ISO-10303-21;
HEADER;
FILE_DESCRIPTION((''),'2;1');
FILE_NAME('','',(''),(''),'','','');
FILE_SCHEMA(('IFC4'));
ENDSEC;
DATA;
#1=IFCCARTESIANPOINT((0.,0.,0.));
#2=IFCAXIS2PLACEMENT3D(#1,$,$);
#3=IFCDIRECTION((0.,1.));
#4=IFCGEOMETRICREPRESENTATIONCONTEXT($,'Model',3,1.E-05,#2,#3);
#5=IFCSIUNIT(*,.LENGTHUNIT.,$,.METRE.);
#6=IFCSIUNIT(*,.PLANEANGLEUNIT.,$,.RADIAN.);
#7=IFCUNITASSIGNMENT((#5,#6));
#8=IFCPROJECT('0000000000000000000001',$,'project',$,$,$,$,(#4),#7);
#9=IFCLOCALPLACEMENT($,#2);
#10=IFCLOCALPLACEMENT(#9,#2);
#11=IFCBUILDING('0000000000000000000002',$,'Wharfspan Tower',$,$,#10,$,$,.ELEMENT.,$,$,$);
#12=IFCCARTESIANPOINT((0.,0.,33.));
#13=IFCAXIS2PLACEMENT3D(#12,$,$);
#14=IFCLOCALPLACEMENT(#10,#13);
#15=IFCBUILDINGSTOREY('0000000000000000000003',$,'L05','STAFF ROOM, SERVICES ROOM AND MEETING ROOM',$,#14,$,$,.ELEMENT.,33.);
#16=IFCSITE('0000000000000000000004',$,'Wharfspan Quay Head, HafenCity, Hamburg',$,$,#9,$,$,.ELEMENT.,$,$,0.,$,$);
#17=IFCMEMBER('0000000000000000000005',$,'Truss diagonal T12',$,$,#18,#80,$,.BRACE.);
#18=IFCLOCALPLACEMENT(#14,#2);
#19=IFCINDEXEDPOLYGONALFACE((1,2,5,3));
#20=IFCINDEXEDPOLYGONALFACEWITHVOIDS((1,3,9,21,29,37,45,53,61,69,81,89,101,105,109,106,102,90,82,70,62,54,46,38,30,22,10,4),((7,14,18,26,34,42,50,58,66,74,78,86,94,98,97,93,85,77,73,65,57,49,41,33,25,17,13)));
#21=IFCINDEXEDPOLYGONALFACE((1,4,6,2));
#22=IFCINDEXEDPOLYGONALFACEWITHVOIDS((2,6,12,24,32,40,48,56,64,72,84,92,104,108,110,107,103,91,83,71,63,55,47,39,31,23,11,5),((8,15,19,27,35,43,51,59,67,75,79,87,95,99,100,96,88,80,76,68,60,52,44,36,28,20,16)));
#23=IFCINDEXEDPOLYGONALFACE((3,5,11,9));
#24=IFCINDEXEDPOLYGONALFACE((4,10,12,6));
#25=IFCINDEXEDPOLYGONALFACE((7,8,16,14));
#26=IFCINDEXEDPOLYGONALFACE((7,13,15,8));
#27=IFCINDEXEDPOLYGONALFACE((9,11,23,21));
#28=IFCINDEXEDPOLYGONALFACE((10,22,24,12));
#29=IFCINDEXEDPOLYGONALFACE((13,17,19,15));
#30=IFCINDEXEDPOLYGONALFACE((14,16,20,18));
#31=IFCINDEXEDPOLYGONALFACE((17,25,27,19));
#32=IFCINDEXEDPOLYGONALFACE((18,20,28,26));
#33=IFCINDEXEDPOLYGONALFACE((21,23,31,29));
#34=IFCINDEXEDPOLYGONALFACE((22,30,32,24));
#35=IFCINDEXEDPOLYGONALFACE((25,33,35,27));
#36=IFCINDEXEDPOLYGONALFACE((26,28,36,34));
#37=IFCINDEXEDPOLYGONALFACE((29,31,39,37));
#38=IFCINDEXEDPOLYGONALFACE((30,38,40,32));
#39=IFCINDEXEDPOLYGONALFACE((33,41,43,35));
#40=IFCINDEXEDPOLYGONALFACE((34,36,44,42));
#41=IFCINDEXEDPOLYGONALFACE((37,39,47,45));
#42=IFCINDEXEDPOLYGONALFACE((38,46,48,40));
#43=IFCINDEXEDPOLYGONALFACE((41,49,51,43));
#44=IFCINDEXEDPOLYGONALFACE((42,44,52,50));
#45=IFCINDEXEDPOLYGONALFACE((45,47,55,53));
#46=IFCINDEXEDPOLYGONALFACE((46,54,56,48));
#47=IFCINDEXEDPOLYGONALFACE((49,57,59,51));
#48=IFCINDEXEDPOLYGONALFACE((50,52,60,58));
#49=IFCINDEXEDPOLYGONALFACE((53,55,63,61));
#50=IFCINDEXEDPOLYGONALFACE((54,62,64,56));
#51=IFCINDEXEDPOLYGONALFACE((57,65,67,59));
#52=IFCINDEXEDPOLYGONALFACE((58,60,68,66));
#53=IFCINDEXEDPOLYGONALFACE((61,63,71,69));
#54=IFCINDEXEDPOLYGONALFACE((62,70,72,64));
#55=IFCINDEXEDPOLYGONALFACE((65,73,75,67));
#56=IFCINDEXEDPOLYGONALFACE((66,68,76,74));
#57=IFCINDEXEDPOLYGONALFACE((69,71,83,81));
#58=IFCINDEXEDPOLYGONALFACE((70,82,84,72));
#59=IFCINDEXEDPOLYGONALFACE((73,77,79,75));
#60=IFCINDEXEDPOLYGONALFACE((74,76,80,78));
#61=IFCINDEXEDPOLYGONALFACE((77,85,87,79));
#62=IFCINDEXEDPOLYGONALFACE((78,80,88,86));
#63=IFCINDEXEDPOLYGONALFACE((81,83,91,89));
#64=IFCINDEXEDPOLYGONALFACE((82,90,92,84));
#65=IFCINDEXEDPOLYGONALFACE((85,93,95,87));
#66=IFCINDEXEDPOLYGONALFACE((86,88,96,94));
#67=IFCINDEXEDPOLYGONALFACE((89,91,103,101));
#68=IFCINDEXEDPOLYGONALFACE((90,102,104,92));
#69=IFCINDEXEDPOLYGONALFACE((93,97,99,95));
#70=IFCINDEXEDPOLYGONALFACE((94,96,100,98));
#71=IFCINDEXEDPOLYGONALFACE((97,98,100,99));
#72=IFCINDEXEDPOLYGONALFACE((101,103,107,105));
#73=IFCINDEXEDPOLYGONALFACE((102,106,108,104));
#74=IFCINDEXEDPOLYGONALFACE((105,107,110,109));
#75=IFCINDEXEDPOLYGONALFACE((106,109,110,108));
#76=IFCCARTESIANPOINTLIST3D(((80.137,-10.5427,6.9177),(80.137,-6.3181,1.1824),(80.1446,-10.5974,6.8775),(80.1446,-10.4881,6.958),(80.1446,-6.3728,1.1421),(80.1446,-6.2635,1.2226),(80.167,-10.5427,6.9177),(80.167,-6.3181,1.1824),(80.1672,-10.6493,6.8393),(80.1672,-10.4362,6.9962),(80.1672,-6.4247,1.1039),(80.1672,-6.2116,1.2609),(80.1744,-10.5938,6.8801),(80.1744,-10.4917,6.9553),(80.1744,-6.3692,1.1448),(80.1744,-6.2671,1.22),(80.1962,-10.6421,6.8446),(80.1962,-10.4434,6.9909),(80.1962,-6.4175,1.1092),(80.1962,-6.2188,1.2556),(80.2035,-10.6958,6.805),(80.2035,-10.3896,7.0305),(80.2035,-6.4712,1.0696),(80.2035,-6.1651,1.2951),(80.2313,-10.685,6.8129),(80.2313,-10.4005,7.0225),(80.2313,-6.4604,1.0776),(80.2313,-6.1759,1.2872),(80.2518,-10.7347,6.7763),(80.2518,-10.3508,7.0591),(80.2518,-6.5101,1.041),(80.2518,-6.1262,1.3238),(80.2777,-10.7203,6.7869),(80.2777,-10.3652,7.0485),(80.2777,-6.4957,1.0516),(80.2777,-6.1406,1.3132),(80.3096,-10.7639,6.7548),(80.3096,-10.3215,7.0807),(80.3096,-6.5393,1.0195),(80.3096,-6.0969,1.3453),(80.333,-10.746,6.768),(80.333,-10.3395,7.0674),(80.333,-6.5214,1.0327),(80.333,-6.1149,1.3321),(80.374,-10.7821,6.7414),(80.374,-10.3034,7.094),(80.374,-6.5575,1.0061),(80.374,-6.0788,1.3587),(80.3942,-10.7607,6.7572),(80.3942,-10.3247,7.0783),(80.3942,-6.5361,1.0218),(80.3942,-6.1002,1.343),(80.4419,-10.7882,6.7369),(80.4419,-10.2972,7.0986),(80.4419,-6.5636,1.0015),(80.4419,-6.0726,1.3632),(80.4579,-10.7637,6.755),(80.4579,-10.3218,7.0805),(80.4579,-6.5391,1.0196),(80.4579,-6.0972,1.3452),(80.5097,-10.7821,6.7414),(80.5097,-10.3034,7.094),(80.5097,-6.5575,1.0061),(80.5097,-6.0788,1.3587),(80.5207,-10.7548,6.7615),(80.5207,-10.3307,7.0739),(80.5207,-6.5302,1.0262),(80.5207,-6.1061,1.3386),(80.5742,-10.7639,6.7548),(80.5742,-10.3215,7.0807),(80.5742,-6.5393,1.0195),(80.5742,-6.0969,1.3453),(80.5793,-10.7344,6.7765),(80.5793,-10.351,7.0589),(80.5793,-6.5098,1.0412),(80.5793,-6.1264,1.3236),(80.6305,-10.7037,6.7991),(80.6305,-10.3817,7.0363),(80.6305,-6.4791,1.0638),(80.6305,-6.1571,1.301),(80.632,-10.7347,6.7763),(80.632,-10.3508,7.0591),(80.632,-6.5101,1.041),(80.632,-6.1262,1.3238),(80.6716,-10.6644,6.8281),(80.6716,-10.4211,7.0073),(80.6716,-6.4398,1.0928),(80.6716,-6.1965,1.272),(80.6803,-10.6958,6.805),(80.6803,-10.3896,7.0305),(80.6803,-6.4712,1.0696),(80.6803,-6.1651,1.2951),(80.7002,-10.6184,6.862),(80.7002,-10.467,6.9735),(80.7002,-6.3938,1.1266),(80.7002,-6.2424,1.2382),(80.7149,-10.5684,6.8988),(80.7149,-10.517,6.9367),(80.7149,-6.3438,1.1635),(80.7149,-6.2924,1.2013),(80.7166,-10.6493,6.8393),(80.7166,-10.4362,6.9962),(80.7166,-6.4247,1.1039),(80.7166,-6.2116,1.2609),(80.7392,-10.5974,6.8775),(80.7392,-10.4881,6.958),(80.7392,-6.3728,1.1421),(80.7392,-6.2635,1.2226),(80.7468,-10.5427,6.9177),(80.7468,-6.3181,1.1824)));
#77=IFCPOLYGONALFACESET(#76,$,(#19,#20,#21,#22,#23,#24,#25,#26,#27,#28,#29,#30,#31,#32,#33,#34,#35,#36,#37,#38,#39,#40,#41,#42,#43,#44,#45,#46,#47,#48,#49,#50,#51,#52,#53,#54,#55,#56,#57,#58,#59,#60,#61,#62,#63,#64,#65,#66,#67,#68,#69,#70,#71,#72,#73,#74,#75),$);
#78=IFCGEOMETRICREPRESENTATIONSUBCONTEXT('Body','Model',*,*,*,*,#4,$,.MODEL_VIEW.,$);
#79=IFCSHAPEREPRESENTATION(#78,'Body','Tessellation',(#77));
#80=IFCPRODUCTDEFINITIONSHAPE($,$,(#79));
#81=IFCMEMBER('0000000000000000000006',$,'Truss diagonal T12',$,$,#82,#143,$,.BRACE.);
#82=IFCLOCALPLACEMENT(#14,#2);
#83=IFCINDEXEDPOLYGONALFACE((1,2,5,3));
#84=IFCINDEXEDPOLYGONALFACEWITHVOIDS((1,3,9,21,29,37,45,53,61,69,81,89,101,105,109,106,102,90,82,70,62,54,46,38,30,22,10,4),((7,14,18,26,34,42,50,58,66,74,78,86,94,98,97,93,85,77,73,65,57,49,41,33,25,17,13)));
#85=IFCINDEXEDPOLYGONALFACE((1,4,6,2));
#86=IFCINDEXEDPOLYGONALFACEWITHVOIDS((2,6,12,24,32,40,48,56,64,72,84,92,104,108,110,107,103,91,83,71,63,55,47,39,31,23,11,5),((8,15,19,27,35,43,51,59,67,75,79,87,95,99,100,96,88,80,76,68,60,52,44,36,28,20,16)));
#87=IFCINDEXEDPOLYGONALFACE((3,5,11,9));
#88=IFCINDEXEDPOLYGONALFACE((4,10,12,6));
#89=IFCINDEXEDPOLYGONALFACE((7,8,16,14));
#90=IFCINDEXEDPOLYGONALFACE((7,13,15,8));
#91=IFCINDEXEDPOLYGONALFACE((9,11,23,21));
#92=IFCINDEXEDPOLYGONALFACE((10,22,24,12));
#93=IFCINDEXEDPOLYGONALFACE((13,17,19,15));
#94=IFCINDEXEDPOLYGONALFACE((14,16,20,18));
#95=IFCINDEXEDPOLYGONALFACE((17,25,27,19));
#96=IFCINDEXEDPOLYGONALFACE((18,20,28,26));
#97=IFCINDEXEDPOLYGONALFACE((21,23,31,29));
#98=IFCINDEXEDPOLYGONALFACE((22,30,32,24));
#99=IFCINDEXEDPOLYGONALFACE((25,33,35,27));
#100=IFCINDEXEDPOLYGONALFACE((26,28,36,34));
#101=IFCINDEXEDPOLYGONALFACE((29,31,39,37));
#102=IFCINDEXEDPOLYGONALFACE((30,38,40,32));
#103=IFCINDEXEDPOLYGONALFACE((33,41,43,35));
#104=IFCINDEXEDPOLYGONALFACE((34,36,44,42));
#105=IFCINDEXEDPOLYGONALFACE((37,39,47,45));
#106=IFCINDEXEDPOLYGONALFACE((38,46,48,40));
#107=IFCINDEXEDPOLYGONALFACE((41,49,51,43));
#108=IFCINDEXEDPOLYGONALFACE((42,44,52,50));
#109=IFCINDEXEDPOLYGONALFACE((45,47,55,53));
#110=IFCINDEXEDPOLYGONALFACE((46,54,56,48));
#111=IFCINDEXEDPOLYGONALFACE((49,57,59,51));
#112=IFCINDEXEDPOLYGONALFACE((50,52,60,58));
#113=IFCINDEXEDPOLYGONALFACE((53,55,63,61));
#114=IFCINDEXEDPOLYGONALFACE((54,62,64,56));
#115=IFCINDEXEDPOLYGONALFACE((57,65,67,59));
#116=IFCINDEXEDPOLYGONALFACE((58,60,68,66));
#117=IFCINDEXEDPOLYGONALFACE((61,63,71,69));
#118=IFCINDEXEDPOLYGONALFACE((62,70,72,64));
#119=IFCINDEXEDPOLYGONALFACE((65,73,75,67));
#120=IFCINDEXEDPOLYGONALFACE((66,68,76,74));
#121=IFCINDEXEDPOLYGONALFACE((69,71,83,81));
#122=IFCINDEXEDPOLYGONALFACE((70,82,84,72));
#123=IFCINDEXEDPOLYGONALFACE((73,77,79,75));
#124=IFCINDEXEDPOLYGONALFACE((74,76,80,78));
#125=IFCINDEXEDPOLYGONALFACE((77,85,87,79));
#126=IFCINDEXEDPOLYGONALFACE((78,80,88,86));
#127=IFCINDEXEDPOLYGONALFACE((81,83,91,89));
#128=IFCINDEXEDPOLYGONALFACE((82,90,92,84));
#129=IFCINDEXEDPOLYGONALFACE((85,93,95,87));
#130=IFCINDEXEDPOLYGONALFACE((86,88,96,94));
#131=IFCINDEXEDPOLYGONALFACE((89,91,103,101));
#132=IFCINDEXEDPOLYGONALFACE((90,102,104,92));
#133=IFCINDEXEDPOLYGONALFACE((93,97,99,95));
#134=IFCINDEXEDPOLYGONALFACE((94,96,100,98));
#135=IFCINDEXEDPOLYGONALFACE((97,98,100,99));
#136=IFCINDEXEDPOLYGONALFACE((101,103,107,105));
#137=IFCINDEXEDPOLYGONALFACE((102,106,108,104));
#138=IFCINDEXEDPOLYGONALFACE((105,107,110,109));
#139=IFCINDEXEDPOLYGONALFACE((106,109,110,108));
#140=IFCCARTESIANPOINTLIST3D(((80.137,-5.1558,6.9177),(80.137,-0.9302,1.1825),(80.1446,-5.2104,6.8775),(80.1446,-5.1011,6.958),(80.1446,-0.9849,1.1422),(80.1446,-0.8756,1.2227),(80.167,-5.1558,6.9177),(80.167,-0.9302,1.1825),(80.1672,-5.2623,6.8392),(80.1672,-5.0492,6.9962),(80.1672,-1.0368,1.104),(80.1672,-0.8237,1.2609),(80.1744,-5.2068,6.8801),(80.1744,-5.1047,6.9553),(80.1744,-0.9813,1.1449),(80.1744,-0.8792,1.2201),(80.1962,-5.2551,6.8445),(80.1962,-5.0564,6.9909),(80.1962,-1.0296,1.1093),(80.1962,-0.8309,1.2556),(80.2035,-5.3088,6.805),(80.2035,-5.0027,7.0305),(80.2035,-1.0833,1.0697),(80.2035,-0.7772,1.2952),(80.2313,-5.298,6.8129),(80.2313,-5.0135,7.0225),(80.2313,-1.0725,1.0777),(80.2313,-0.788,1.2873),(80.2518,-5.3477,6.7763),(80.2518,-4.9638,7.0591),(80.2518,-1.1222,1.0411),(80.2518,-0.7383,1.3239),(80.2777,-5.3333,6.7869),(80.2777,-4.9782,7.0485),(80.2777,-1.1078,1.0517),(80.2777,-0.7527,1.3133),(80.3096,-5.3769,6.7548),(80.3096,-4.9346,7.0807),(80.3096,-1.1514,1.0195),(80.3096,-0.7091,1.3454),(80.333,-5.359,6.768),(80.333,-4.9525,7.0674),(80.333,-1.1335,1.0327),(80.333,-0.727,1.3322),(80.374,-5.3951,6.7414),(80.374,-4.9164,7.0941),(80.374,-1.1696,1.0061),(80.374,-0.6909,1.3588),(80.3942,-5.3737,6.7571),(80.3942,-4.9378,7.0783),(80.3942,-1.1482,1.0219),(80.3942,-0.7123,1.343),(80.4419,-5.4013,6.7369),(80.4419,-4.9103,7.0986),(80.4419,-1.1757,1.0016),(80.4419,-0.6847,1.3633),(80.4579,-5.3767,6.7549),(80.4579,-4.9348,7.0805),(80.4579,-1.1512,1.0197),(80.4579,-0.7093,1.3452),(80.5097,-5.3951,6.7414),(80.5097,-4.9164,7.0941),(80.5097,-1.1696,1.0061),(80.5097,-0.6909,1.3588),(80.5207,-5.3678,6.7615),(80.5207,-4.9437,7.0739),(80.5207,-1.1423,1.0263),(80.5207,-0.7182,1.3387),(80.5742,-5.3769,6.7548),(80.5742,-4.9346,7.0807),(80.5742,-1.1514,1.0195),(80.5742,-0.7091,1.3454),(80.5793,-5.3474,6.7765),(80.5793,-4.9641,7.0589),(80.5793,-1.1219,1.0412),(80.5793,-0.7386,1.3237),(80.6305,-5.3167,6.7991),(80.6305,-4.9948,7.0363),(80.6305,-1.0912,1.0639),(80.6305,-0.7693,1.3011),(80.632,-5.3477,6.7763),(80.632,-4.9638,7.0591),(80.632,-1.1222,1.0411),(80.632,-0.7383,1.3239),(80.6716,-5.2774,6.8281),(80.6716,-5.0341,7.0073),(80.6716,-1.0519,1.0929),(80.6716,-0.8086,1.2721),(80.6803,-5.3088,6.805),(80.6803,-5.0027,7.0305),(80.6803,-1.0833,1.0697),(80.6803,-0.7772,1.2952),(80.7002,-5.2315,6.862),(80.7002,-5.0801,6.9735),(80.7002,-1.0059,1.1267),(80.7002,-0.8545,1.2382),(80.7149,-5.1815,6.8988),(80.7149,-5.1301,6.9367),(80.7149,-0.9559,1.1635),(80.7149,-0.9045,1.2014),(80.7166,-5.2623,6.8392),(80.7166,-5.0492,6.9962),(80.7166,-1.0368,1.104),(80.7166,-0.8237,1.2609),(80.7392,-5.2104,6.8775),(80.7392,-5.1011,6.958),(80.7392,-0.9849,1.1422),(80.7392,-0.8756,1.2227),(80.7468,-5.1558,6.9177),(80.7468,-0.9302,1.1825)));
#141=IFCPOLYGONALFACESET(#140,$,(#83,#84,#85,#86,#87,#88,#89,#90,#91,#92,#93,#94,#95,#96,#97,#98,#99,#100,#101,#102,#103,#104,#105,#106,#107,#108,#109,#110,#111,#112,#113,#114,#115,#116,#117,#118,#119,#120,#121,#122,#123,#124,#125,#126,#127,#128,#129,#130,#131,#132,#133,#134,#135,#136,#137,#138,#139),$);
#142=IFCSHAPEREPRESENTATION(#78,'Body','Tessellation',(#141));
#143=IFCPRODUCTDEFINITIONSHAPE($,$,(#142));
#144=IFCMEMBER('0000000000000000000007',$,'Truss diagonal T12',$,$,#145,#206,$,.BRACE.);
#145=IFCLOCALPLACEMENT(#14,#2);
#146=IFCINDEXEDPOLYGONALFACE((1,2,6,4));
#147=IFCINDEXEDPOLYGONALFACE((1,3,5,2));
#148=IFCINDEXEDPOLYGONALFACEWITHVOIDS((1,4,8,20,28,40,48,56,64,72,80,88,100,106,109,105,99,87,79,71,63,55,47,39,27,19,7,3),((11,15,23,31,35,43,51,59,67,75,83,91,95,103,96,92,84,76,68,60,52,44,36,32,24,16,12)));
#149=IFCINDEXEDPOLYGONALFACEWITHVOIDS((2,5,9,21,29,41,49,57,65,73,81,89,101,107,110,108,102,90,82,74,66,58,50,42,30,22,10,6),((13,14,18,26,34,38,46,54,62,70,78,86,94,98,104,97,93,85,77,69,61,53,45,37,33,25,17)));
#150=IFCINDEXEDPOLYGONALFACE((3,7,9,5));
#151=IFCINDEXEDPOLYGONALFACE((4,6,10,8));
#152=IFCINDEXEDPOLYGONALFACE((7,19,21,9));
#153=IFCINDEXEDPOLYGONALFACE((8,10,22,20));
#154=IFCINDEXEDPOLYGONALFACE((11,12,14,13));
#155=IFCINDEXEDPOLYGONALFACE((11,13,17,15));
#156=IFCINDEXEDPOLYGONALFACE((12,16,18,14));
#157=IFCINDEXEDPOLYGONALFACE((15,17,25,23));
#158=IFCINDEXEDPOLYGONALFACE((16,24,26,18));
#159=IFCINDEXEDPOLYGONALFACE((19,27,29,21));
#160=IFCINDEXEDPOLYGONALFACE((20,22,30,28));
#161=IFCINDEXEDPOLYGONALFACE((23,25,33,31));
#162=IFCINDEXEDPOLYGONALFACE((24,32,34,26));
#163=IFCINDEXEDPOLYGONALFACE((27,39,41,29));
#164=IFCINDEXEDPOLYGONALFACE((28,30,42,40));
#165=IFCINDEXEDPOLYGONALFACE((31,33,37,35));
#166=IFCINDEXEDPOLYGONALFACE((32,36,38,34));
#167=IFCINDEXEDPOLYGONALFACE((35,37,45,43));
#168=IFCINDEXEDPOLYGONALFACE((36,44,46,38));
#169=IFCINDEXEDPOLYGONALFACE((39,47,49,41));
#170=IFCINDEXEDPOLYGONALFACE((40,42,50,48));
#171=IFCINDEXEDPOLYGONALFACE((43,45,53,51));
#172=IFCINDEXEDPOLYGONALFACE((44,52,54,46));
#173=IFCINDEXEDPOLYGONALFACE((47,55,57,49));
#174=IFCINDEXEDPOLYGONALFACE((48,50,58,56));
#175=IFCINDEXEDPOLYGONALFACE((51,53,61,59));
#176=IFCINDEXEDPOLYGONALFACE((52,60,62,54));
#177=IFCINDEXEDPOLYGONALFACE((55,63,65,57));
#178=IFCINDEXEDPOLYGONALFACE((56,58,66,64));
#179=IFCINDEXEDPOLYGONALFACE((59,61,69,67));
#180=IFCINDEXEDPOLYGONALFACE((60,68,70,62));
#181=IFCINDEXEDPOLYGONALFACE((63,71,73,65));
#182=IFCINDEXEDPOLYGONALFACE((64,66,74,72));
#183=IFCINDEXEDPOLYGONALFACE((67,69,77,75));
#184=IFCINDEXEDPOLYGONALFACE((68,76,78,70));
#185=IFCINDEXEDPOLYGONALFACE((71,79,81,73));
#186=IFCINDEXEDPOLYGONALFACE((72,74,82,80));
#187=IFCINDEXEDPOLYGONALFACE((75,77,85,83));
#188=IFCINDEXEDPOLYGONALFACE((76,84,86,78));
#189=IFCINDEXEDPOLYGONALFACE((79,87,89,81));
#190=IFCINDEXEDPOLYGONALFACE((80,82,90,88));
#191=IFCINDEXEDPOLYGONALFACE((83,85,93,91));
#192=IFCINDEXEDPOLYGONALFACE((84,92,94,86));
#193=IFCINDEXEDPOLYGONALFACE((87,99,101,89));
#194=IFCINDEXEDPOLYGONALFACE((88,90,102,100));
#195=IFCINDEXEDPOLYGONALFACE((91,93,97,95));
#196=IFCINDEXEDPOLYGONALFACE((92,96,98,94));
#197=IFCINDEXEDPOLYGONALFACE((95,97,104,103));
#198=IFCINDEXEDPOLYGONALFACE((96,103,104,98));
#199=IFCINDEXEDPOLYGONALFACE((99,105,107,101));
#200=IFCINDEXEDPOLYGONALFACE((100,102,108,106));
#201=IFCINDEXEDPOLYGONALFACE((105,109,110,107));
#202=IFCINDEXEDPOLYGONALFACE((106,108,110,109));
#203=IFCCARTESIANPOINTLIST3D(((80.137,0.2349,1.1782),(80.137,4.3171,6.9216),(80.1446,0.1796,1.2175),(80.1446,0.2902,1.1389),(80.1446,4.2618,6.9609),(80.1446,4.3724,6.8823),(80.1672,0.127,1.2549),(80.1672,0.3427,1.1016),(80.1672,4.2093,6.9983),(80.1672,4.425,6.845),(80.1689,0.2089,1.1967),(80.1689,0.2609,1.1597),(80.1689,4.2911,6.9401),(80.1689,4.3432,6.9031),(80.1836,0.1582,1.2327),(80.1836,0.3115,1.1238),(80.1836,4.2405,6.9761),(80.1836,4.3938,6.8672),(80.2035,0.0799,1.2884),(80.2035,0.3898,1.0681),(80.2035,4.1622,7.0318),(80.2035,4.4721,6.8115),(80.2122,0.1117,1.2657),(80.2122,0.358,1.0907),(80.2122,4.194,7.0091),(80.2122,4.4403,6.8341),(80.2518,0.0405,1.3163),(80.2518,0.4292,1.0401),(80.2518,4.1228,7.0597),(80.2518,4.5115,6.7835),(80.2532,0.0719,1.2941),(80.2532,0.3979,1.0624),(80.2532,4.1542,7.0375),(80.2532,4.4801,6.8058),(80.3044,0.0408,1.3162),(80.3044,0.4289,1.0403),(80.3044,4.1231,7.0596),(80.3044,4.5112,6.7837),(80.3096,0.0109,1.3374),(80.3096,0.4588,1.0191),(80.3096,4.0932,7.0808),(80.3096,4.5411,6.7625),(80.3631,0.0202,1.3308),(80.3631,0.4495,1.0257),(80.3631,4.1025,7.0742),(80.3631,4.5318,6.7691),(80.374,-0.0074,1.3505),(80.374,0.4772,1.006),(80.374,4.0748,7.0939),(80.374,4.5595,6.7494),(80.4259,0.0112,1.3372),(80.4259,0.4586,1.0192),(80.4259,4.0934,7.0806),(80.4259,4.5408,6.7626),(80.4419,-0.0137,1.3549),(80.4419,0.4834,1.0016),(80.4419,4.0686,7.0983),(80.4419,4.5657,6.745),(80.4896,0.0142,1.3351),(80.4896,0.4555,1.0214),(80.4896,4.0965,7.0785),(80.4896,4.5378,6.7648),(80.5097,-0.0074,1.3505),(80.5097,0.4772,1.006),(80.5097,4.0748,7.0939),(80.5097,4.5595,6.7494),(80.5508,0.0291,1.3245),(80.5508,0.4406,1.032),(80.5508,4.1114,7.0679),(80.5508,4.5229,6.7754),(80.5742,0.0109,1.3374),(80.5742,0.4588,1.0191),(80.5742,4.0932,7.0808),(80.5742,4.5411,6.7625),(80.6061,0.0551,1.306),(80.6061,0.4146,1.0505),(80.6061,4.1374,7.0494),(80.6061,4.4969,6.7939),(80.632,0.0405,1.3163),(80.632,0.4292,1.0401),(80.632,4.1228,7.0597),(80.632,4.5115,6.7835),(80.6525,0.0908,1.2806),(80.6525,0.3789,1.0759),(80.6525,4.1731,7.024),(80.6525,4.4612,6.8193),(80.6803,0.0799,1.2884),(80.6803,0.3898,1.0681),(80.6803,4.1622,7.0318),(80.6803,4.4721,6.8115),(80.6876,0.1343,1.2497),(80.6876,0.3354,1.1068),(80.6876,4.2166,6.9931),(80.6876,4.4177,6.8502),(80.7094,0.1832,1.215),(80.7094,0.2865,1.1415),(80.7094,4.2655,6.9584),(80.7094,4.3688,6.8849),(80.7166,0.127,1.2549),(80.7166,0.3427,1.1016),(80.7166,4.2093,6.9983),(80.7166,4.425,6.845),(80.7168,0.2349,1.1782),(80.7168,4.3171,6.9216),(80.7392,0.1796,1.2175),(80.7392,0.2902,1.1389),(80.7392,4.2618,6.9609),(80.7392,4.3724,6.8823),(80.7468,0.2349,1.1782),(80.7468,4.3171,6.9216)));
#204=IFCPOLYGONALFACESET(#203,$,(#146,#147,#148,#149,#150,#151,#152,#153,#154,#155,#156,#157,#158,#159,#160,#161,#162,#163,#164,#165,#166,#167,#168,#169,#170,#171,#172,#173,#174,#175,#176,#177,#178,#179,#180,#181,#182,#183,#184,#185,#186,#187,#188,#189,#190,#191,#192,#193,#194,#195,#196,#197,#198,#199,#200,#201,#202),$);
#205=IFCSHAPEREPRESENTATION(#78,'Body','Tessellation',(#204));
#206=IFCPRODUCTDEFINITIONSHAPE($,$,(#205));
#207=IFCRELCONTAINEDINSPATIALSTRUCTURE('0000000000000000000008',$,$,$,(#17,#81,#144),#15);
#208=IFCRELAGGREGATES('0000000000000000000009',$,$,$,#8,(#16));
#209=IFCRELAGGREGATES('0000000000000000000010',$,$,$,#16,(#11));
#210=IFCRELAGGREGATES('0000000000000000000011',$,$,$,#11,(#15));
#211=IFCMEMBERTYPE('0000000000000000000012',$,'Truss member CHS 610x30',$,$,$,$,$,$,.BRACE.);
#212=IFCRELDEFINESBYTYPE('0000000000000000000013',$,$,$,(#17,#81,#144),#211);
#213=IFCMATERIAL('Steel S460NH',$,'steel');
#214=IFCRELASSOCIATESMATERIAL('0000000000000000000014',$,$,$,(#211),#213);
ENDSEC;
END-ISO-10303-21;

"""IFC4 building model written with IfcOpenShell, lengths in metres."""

from ifc_helpers import new_model, si_unit, direction, frame, origin, origin_2d, place, context, subcontext, project, spatial, hollow_circle, extrude, material, material_profile, profile_set, type_object, element, save


model = new_model("IFC4")

# Units and contexts
model_context = context("Model", 3, precision=1e-05, world=origin(), true_north=direction((0.0, 1.0)))
body_context = subcontext(model_context, "Body", "Model", "MODEL_VIEW")
ifc_project = project(units=[si_unit("LENGTHUNIT", "METRE"), si_unit("PLANEANGLEUNIT", "RADIAN")], contexts=[model_context])

# Site, building, storey
site_placement = place(None, origin())
site = spatial("IfcSite", under=ifc_project, at=site_placement, Name="Wharfspan Quay Head, HafenCity, Hamburg", CompositionType="ELEMENT", RefElevation=0.0)
building_placement = place(site_placement, origin())
building = spatial("IfcBuilding", under=site, at=building_placement, Name="Wharfspan Tower", CompositionType="ELEMENT")
storey_placement = place(building_placement, frame((0.0, 0.0, 33.0)))
storey = spatial("IfcBuildingStorey", under=building, at=storey_placement, Name="L05", Description="STAFF ROOM, SERVICES ROOM AND MEETING ROOM", CompositionType="ELEMENT", Elevation=33.0)

# Members
ifc_material_1 = material(Name="Steel S460NH", Category="steel")
ifc_material_profile_1 = material_profile(ifc_material_1, hollow_circle(Radius=0.3049, WallThickness=0.03, at=origin_2d()))
ifc_profile_set_1 = profile_set([ifc_material_profile_1], Name="Steel S460NH")
member_type_1 = type_object("IfcMemberType", Name="Truss member CHS 610x30", PredefinedType="BRACE", material=ifc_profile_set_1)
member_1_placement = place(storey_placement, frame((80.4419, -10.5427, 6.9177), z_axis=(0.0, 0.593068, -0.805152), x_axis=(-1.0, 0.0, 0.0)))
element("IfcMember", 1, at=member_1_placement, inside=storey, type_object=member_type_1, Name="Truss diagonal T12", PredefinedType="BRACE", context=body_context, shape_type="SweptSolid", body=[
    extrude(hollow_circle(Radius=0.3049, WallThickness=0.03, at=origin_2d()), origin(), (0.0, 0.0, 1.0), 7.1233),
])
member_2_placement = place(storey_placement, frame((80.4419, -5.1558, 6.9177), z_axis=(0.0, 0.593157, -0.805087), x_axis=(-1.0, 0.0, 0.0)))
element("IfcMember", 2, at=member_2_placement, inside=storey, type_object=member_type_1, Name="Truss diagonal T12", PredefinedType="BRACE", context=body_context, shape_type="SweptSolid", body=[
    extrude(hollow_circle(Radius=0.3049, WallThickness=0.03, at=origin_2d()), origin(), (0.0, 0.0, 1.0), 7.1238),
])
member_3_placement = place(storey_placement, frame((80.4419, 4.3171, 6.9216), z_axis=(0.0, -0.579342, -0.815084), x_axis=(1.0, 0.0, 0.0)))
element("IfcMember", 3, at=member_3_placement, inside=storey, type_object=member_type_1, Name="Truss diagonal T12", PredefinedType="BRACE", context=body_context, shape_type="SweptSolid", body=[
    extrude(hollow_circle(Radius=0.3049, WallThickness=0.03, at=origin_2d()), origin(), (0.0, 0.0, 1.0), 7.0464),
])

save(model, "model.ifc")
